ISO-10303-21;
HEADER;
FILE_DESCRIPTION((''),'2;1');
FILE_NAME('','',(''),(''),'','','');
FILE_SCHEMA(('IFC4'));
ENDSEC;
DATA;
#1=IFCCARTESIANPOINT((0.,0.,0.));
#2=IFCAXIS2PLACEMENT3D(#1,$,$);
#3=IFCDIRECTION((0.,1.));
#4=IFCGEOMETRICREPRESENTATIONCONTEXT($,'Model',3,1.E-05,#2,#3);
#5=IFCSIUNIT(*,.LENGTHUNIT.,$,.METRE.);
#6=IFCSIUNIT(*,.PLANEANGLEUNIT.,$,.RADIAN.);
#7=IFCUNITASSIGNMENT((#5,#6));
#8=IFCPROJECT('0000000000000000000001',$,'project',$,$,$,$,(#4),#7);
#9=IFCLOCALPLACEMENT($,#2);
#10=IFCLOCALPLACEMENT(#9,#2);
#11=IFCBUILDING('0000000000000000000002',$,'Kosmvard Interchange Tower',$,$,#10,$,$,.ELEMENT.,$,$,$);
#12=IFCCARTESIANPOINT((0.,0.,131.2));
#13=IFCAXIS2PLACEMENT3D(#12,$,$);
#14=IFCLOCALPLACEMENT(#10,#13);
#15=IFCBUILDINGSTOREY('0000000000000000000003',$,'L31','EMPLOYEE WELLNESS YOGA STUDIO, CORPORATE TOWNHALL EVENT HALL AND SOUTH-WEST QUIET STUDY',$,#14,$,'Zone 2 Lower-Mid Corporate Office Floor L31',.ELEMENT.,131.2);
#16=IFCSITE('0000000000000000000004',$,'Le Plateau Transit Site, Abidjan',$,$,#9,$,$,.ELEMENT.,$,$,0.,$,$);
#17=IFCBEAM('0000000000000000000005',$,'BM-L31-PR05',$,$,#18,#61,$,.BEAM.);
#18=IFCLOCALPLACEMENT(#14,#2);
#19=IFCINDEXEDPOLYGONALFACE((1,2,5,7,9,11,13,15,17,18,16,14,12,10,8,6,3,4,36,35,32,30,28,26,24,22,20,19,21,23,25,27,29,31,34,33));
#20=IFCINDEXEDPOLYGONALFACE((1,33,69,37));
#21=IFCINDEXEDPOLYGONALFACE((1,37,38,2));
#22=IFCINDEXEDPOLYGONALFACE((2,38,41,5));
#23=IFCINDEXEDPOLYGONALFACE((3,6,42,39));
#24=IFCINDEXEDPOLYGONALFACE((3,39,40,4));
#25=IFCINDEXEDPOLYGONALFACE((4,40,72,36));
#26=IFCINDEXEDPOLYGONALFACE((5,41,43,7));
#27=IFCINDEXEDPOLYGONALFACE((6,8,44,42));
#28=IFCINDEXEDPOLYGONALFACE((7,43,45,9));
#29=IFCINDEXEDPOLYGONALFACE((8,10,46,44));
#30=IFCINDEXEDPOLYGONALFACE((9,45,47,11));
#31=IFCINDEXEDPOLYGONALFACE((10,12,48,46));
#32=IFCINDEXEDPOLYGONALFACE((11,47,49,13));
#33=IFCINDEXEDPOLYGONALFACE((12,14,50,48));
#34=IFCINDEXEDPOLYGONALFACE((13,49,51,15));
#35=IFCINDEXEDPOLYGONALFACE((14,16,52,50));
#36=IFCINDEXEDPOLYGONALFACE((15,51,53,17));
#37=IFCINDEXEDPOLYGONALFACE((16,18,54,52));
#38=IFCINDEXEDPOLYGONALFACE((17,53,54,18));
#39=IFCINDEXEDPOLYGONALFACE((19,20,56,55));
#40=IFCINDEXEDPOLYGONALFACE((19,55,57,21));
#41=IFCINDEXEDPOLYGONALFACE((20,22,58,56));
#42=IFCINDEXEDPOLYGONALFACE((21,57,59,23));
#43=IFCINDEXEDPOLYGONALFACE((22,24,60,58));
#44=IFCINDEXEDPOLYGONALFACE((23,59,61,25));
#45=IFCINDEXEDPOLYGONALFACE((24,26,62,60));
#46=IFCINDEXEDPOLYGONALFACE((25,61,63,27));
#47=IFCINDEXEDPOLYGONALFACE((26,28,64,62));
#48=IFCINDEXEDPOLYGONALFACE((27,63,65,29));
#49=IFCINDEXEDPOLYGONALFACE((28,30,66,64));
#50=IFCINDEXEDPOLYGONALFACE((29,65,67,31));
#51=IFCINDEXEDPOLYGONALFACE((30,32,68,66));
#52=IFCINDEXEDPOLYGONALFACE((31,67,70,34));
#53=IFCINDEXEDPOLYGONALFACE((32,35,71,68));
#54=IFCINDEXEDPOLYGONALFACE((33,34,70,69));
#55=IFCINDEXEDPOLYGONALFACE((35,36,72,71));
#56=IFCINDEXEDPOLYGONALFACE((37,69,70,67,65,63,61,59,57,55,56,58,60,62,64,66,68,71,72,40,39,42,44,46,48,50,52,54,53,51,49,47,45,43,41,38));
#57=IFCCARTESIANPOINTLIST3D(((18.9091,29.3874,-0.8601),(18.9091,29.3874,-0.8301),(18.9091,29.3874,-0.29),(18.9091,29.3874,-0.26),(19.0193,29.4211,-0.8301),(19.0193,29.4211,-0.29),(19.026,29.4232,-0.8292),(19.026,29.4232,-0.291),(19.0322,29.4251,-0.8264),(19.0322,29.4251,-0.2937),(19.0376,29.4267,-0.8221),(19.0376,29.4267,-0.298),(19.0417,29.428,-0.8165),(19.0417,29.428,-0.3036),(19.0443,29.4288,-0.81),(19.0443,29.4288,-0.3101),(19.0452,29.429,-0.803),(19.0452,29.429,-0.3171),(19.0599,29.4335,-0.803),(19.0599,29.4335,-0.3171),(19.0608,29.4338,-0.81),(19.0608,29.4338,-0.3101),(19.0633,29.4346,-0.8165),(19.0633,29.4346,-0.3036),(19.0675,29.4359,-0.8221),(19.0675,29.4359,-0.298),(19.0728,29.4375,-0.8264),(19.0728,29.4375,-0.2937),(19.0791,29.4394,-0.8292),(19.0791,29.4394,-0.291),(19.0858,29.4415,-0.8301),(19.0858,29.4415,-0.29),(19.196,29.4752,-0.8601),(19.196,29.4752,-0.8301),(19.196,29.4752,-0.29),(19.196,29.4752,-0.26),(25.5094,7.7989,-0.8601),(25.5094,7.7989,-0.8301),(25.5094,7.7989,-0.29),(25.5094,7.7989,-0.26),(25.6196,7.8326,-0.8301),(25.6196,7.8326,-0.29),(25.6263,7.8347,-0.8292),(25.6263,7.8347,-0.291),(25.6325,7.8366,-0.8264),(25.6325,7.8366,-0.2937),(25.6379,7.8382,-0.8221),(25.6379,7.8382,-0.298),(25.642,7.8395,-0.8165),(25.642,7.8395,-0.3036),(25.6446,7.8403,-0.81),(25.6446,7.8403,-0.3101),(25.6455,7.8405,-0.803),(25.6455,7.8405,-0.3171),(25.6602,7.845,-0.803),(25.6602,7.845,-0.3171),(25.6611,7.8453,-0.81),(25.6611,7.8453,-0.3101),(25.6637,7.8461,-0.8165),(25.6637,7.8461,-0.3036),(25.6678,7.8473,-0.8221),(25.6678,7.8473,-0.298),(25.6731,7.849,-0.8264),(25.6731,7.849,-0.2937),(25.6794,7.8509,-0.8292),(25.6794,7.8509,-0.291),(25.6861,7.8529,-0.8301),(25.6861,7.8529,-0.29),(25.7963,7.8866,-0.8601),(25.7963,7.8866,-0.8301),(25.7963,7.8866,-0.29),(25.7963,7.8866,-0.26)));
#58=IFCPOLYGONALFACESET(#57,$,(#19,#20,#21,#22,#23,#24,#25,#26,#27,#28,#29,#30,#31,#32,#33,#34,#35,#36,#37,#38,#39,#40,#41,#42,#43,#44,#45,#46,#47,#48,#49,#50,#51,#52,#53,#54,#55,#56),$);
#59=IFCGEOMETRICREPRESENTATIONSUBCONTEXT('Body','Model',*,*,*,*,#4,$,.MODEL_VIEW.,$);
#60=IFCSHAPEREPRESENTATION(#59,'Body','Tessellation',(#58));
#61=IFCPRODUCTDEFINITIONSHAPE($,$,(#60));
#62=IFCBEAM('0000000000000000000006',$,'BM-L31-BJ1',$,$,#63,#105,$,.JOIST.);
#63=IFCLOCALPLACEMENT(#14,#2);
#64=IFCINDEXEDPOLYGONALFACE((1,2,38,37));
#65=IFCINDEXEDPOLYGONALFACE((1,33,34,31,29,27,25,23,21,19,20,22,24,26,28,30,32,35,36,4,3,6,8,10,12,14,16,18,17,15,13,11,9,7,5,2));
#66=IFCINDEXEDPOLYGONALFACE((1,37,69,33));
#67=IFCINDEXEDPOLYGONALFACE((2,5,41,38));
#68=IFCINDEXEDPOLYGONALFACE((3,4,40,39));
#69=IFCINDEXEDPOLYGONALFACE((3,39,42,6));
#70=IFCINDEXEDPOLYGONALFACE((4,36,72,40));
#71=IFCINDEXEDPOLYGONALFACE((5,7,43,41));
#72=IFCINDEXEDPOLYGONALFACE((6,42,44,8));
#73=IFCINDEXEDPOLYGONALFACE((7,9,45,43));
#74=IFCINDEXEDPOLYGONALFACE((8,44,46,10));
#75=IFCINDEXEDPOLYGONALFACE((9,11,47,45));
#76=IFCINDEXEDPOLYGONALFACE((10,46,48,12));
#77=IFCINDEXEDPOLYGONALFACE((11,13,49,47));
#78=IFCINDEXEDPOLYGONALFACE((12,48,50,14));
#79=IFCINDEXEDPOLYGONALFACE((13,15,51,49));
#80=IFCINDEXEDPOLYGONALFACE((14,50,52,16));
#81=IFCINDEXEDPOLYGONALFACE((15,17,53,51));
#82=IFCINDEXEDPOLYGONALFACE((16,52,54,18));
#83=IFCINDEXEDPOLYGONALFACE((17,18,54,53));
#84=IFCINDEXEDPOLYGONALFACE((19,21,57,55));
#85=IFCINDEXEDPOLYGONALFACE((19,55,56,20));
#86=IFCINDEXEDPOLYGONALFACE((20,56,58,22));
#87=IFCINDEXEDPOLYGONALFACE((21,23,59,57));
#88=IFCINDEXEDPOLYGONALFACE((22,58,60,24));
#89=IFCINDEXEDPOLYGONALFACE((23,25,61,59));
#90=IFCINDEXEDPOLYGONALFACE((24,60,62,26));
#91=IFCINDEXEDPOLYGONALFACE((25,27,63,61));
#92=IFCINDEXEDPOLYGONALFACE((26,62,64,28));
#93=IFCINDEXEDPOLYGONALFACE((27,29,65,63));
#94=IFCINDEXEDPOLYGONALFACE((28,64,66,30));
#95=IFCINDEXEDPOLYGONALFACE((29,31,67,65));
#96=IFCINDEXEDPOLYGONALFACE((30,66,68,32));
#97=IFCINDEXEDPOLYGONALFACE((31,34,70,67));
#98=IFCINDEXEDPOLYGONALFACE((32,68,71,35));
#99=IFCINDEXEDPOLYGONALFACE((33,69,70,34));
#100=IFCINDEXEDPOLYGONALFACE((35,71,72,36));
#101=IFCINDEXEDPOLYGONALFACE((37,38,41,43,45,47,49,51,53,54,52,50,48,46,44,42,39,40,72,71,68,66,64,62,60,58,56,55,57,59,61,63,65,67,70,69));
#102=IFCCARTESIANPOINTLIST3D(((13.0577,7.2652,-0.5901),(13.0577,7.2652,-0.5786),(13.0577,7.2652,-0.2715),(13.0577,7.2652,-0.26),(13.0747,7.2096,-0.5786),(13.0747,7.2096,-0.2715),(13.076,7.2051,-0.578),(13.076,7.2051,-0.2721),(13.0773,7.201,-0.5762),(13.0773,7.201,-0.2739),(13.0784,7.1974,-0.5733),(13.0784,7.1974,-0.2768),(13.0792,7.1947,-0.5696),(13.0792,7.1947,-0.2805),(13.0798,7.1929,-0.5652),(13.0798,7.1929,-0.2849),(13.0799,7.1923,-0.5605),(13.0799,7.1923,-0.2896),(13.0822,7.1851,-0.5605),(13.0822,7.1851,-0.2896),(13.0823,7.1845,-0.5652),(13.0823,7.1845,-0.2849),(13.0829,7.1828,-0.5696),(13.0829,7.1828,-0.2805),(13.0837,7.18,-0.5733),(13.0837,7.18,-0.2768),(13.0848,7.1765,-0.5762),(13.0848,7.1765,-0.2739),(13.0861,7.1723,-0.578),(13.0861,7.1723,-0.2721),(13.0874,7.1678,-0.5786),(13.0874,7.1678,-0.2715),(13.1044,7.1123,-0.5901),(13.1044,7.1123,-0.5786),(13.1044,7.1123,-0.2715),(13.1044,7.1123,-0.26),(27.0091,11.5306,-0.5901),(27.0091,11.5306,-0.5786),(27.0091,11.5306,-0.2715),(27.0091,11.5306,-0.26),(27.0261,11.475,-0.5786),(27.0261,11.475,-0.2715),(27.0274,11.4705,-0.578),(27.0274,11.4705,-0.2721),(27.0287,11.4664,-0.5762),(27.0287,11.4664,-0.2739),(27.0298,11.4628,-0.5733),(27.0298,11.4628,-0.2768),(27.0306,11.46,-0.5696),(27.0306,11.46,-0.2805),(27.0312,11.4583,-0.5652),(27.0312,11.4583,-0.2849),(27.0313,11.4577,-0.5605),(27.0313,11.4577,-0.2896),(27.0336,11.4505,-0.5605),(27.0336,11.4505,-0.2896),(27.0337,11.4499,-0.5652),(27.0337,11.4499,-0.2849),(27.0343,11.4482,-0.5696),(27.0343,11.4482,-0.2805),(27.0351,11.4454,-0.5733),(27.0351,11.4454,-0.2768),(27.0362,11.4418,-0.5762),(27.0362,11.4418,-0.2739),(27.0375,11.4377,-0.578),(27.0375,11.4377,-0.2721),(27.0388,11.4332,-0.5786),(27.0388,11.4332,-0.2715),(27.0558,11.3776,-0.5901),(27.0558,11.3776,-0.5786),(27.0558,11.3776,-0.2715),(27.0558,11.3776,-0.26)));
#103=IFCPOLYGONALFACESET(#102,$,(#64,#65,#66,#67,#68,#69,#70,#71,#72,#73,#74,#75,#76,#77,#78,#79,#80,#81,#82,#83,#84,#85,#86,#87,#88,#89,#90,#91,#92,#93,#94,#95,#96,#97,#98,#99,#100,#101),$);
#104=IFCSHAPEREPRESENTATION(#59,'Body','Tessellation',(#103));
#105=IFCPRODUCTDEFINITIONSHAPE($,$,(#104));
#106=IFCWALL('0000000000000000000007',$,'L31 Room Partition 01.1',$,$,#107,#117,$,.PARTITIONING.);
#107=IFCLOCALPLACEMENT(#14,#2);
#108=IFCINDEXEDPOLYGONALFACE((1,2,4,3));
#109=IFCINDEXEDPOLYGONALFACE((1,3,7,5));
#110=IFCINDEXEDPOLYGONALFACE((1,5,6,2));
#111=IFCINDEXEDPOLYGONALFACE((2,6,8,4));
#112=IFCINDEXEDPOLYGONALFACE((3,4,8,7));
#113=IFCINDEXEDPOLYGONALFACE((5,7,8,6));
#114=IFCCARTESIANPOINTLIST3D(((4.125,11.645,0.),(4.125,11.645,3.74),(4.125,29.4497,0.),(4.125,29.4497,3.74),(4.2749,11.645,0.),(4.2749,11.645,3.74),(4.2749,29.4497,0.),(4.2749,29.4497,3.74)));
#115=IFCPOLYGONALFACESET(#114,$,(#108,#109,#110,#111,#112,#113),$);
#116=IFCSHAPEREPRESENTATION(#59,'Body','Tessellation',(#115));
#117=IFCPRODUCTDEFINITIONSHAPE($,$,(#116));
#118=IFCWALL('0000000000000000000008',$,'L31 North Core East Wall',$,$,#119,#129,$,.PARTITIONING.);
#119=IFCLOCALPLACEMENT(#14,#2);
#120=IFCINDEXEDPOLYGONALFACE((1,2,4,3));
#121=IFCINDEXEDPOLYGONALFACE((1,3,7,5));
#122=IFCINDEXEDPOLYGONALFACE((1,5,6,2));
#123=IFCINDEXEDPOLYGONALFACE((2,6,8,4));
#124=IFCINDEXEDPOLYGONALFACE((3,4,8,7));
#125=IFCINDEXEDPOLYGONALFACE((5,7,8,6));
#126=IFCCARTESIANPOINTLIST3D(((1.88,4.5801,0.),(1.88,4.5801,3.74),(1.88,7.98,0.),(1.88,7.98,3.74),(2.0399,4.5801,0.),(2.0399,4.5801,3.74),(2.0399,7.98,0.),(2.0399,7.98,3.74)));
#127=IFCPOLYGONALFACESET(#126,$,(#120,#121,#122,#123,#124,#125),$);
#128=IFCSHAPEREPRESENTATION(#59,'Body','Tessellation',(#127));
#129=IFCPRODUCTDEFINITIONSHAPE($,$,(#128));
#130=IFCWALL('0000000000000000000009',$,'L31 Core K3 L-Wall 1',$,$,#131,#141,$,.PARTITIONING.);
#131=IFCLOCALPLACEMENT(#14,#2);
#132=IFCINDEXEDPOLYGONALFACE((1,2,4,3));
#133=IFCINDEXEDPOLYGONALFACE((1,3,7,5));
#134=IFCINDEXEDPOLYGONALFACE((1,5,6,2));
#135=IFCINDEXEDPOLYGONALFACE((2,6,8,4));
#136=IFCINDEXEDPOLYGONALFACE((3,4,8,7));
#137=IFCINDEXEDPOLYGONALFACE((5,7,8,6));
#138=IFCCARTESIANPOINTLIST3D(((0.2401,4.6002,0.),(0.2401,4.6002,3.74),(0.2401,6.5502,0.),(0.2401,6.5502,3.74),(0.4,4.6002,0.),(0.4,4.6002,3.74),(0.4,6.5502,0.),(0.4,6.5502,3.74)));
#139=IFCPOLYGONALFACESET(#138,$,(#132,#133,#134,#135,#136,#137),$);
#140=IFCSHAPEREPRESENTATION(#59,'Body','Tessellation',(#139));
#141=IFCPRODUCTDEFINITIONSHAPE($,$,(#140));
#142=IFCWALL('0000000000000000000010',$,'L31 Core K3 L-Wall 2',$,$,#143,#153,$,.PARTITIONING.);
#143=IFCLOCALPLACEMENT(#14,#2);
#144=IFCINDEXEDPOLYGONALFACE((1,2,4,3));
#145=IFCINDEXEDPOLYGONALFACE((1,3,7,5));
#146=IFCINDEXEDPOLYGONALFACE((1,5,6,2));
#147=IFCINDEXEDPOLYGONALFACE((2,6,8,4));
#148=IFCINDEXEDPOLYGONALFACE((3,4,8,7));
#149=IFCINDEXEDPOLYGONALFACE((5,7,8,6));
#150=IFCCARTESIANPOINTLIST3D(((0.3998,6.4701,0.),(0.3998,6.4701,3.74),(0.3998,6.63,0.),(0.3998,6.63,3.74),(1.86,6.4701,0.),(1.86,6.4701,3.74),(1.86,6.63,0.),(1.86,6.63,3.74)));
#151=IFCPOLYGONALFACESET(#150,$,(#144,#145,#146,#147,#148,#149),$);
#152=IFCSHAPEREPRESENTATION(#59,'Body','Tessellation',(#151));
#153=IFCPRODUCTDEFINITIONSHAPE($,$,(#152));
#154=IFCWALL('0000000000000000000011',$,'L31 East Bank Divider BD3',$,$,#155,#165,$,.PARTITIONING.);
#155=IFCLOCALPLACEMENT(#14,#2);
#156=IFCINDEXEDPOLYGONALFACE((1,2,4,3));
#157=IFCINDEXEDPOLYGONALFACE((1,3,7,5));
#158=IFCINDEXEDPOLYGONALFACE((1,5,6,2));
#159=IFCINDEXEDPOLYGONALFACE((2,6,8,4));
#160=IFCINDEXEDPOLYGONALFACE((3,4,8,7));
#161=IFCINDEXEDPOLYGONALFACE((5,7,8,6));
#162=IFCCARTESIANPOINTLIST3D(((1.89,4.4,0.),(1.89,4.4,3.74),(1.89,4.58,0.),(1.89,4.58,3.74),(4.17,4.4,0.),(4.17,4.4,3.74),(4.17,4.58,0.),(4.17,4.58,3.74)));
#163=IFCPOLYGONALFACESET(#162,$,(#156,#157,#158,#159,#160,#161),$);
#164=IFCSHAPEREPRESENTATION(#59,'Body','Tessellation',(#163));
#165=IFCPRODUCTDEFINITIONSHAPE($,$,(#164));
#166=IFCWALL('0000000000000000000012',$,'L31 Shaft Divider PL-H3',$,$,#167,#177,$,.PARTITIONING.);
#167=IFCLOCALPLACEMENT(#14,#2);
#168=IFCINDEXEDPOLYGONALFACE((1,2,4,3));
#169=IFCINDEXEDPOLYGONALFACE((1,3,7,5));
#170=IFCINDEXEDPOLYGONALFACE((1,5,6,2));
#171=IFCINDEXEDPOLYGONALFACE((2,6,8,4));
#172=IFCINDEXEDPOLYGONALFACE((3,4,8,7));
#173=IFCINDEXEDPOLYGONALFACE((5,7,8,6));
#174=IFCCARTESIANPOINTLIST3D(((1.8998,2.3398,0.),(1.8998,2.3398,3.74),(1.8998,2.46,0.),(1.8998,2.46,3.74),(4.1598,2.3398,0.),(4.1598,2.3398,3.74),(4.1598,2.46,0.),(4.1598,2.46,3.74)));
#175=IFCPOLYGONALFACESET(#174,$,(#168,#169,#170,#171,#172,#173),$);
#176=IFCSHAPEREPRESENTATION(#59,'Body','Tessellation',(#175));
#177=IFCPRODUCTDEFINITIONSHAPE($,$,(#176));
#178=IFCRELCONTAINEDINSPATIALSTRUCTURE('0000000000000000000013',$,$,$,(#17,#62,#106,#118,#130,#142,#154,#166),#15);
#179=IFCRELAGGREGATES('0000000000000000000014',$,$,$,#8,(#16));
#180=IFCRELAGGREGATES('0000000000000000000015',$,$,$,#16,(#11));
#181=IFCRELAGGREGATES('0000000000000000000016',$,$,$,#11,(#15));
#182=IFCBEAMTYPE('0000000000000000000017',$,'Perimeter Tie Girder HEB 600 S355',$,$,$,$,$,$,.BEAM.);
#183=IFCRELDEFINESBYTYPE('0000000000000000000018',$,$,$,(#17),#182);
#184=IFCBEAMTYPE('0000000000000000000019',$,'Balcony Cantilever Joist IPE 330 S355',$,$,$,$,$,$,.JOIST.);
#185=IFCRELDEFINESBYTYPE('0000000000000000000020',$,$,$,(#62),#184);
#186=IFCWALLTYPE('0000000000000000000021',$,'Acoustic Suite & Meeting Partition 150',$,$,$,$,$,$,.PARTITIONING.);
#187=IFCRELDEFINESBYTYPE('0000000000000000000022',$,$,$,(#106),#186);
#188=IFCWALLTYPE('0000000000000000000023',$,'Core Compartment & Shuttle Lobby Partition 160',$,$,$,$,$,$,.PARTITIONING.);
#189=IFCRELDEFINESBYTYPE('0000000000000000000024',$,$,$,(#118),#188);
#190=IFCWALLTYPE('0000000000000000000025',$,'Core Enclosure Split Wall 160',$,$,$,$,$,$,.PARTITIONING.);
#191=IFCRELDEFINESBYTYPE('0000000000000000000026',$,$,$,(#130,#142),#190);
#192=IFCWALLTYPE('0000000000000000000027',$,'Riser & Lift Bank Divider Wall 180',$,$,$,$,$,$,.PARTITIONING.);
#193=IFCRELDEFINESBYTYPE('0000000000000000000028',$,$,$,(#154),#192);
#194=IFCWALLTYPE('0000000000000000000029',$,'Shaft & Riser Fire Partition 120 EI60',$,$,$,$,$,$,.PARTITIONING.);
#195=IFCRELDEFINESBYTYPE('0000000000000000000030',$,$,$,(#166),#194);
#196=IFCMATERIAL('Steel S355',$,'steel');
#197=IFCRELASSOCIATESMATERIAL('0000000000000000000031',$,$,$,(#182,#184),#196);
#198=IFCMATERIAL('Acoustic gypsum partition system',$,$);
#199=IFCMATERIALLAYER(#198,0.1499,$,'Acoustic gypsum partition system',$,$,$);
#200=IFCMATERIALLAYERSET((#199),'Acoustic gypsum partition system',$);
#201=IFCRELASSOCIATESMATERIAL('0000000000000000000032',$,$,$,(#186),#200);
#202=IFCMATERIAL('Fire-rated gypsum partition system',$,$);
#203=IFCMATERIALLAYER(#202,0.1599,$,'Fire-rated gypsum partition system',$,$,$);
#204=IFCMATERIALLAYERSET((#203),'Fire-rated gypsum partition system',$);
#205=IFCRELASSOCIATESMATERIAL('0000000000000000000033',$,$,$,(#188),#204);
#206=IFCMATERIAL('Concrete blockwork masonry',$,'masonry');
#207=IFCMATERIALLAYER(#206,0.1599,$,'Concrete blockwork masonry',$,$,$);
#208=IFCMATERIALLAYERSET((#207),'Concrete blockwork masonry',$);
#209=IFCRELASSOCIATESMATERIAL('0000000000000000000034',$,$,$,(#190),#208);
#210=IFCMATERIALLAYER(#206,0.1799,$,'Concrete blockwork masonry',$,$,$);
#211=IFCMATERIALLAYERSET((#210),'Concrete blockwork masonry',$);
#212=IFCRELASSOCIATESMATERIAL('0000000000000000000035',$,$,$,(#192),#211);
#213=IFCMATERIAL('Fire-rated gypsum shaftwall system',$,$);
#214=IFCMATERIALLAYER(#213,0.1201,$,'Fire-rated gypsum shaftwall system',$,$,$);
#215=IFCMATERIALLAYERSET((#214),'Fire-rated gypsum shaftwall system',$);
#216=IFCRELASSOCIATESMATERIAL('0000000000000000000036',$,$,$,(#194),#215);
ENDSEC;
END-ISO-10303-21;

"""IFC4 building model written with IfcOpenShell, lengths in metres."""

from ifc_helpers import new_model, si_unit, direction, frame, frame_2d, origin, origin_2d, place, context, subcontext, project, spatial, rectangle, i_section, extrude, source, transform, mapped, material, layer, layer_set, material_profile, profile_set, type_object, element, save


model = new_model("IFC4")

# Units and contexts
model_context = context("Model", 3, precision=1e-05, world=origin(), true_north=direction((0.0, 1.0)))
body_context = subcontext(model_context, "Body", "Model", "MODEL_VIEW")
ifc_project = project(units=[si_unit("LENGTHUNIT", "METRE"), si_unit("PLANEANGLEUNIT", "RADIAN")], contexts=[model_context])

# Site, building, storey
site_placement = place(None, origin())
site = spatial("IfcSite", under=ifc_project, at=site_placement, Name="Le Plateau Transit Site, Abidjan", CompositionType="ELEMENT", RefElevation=0.0)
building_placement = place(site_placement, origin())
building = spatial("IfcBuilding", under=site, at=building_placement, Name="Kosmvard Interchange Tower", CompositionType="ELEMENT")
storey_placement = place(building_placement, frame((0.0, 0.0, 131.2)))
storey = spatial("IfcBuildingStorey", under=building, at=storey_placement, Name="L31", Description="EMPLOYEE WELLNESS YOGA STUDIO, CORPORATE TOWNHALL EVENT HALL AND SOUTH-WEST QUIET STUDY", LongName="Zone 2 Lower-Mid Corporate Office Floor L31", CompositionType="ELEMENT", Elevation=131.2)

# Beams
ifc_material_1 = material(Name="Steel S355", Category="steel")
ifc_material_profile_1 = material_profile(ifc_material_1, i_section(OverallWidth=0.3, OverallDepth=0.6001, WebThickness=0.0154, FlangeThickness=0.03, FilletRadius=0.0271, at=origin_2d()), Name="HEB 600")
ifc_profile_set_1 = profile_set([ifc_material_profile_1], Name="Steel S355")
beam_type_1 = type_object("IfcBeamType", Name="Perimeter Tie Girder HEB 600 S355", PredefinedType="BEAM", material=ifc_profile_set_1)
shared_shape_1 = source(origin(), body_context, "Body", "SweptSolid", [
    extrude(i_section(OverallWidth=0.3, OverallDepth=0.6001, WebThickness=0.0154, FlangeThickness=0.03, FilletRadius=0.0271, at=origin_2d()), origin(), (0.0, 0.0, 1.0), 22.575),
])
beam_1_placement = place(storey_placement, frame((25.6528, 7.8428, -0.5601), z_axis=(-0.292373, 0.956304, 0.0), x_axis=(-0.956304, -0.292373, 0.0)))
element("IfcBeam", 1, at=beam_1_placement, inside=storey, type_object=beam_type_1, Name="BM-L31-PR05", PredefinedType="BEAM", context=body_context, shape_type="MappedRepresentation", body=[
    mapped(shared_shape_1, transform((0.0, 0.0, 0.0), scale=1.0)),
])
ifc_material_profile_2 = material_profile(ifc_material_1, i_section(OverallWidth=0.1599, OverallDepth=0.3301, WebThickness=0.0076, FlangeThickness=0.0115, FilletRadius=0.0181, at=origin_2d()), Name="IPE 330")
ifc_profile_set_2 = profile_set([ifc_material_profile_2], Name="Steel S355")
beam_type_2 = type_object("IfcBeamType", Name="Balcony Cantilever Joist IPE 330 S355", PredefinedType="JOIST", material=ifc_profile_set_2)
shared_shape_2 = source(origin(), body_context, "Body", "SweptSolid", [
    extrude(i_section(OverallWidth=0.1599, OverallDepth=0.3301, WebThickness=0.0076, FlangeThickness=0.0115, FilletRadius=0.0181, at=origin_2d()), origin(), (0.0, 0.0, 1.0), 14.5889),
])
beam_2_placement = place(storey_placement, frame((13.0811, 7.1887, -0.425), z_axis=(0.956305, 0.292372, 0.0), x_axis=(-0.292372, 0.956305, 0.0)))
element("IfcBeam", 2, at=beam_2_placement, inside=storey, type_object=beam_type_2, Name="BM-L31-BJ1", PredefinedType="JOIST", context=body_context, shape_type="MappedRepresentation", body=[
    mapped(shared_shape_2, transform((0.0, 0.0, 0.0), scale=1.0)),
])

# Walls
ifc_material_2 = material(Name="Acoustic gypsum partition system")
ifc_layer_1 = layer(ifc_material_2, 0.1499, Name="Acoustic gypsum partition system")
ifc_layer_set_1 = layer_set([ifc_layer_1], Name="Acoustic gypsum partition system")
wall_type_1 = type_object("IfcWallType", Name="Acoustic Suite & Meeting Partition 150", PredefinedType="PARTITIONING", material=ifc_layer_set_1)
wall_1_placement = place(storey_placement, frame((4.2, 11.645, 0.0), z_axis=(0.0, 0.0, 1.0), x_axis=(0.0, 1.0, 0.0)))
element("IfcWall", 3, at=wall_1_placement, inside=storey, type_object=wall_type_1, Name="L31 Room Partition 01.1", PredefinedType="PARTITIONING", context=body_context, shape_type="SweptSolid", body=[
    extrude(rectangle(XDim=17.8047, YDim=0.1499, at=frame_2d((8.9023, 0.0))), origin(), (0.0, 0.0, 1.0), 3.74),
])
ifc_material_3 = material(Name="Fire-rated gypsum partition system")
ifc_layer_2 = layer(ifc_material_3, 0.1599, Name="Fire-rated gypsum partition system")
ifc_layer_set_2 = layer_set([ifc_layer_2], Name="Fire-rated gypsum partition system")
wall_type_2 = type_object("IfcWallType", Name="Core Compartment & Shuttle Lobby Partition 160", PredefinedType="PARTITIONING", material=ifc_layer_set_2)
wall_2_placement = place(storey_placement, frame((1.96, 4.5801, 0.0), z_axis=(0.0, 0.0, 1.0), x_axis=(0.0, 1.0, 0.0)))
element("IfcWall", 4, at=wall_2_placement, inside=storey, type_object=wall_type_2, Name="L31 North Core East Wall", PredefinedType="PARTITIONING", context=body_context, shape_type="SweptSolid", body=[
    extrude(rectangle(XDim=3.3999, YDim=0.1599, at=frame_2d((1.7, 0.0))), origin(), (0.0, 0.0, 1.0), 3.74),
])
ifc_material_4 = material(Name="Concrete blockwork masonry", Category="masonry")
ifc_layer_3 = layer(ifc_material_4, 0.1599, Name="Concrete blockwork masonry")
ifc_layer_set_3 = layer_set([ifc_layer_3], Name="Concrete blockwork masonry")
wall_type_3 = type_object("IfcWallType", Name="Core Enclosure Split Wall 160", PredefinedType="PARTITIONING", material=ifc_layer_set_3)
wall_3_placement = place(storey_placement, frame((0.3201, 4.6001, 0.0), z_axis=(0.0, 0.0, 1.0), x_axis=(0.0, 1.0, 0.0)))
element("IfcWall", 5, at=wall_3_placement, inside=storey, type_object=wall_type_3, Name="L31 Core K3 L-Wall 1", PredefinedType="PARTITIONING", context=body_context, shape_type="SweptSolid", body=[
    extrude(rectangle(XDim=1.95, YDim=0.1599, at=frame_2d((0.9751, 0.0))), origin(), (0.0, 0.0, 1.0), 3.74),
])
wall_4_placement = place(storey_placement, frame((0.3999, 6.55, 0.0), z_axis=(0.0, 0.0, 1.0), x_axis=(1.0, 0.0, 0.0)))
element("IfcWall", 6, at=wall_4_placement, inside=storey, type_object=wall_type_3, Name="L31 Core K3 L-Wall 2", PredefinedType="PARTITIONING", context=body_context, shape_type="SweptSolid", body=[
    extrude(rectangle(XDim=1.4602, YDim=0.1599, at=frame_2d((0.73, 0.0))), origin(), (0.0, 0.0, 1.0), 3.74),
])
ifc_layer_4 = layer(ifc_material_4, 0.1799, Name="Concrete blockwork masonry")
ifc_layer_set_4 = layer_set([ifc_layer_4], Name="Concrete blockwork masonry")
wall_type_4 = type_object("IfcWallType", Name="Riser & Lift Bank Divider Wall 180", PredefinedType="PARTITIONING", material=ifc_layer_set_4)
wall_5_placement = place(storey_placement, frame((1.8899, 4.49, 0.0), z_axis=(0.0, 0.0, 1.0), x_axis=(1.0, 0.0, 0.0)))
element("IfcWall", 7, at=wall_5_placement, inside=storey, type_object=wall_type_4, Name="L31 East Bank Divider BD3", PredefinedType="PARTITIONING", context=body_context, shape_type="SweptSolid", body=[
    extrude(rectangle(XDim=2.28, YDim=0.1799, at=frame_2d((1.1401, 0.0))), origin(), (0.0, 0.0, 1.0), 3.74),
])
ifc_material_5 = material(Name="Fire-rated gypsum shaftwall system")
ifc_layer_5 = layer(ifc_material_5, 0.1201, Name="Fire-rated gypsum shaftwall system")
ifc_layer_set_5 = layer_set([ifc_layer_5], Name="Fire-rated gypsum shaftwall system")
wall_type_5 = type_object("IfcWallType", Name="Shaft & Riser Fire Partition 120 EI60", PredefinedType="PARTITIONING", material=ifc_layer_set_5)
wall_6_placement = place(storey_placement, frame((1.8999, 2.3999, 0.0), z_axis=(0.0, 0.0, 1.0), x_axis=(1.0, 0.0, 0.0)))
element("IfcWall", 8, at=wall_6_placement, inside=storey, type_object=wall_type_5, Name="L31 Shaft Divider PL-H3", PredefinedType="PARTITIONING", context=body_context, shape_type="SweptSolid", body=[
    extrude(rectangle(XDim=2.26, YDim=0.1201, at=frame_2d((1.1299, 0.0))), origin(), (0.0, 0.0, 1.0), 3.74),
])

save(model, "model.ifc")
